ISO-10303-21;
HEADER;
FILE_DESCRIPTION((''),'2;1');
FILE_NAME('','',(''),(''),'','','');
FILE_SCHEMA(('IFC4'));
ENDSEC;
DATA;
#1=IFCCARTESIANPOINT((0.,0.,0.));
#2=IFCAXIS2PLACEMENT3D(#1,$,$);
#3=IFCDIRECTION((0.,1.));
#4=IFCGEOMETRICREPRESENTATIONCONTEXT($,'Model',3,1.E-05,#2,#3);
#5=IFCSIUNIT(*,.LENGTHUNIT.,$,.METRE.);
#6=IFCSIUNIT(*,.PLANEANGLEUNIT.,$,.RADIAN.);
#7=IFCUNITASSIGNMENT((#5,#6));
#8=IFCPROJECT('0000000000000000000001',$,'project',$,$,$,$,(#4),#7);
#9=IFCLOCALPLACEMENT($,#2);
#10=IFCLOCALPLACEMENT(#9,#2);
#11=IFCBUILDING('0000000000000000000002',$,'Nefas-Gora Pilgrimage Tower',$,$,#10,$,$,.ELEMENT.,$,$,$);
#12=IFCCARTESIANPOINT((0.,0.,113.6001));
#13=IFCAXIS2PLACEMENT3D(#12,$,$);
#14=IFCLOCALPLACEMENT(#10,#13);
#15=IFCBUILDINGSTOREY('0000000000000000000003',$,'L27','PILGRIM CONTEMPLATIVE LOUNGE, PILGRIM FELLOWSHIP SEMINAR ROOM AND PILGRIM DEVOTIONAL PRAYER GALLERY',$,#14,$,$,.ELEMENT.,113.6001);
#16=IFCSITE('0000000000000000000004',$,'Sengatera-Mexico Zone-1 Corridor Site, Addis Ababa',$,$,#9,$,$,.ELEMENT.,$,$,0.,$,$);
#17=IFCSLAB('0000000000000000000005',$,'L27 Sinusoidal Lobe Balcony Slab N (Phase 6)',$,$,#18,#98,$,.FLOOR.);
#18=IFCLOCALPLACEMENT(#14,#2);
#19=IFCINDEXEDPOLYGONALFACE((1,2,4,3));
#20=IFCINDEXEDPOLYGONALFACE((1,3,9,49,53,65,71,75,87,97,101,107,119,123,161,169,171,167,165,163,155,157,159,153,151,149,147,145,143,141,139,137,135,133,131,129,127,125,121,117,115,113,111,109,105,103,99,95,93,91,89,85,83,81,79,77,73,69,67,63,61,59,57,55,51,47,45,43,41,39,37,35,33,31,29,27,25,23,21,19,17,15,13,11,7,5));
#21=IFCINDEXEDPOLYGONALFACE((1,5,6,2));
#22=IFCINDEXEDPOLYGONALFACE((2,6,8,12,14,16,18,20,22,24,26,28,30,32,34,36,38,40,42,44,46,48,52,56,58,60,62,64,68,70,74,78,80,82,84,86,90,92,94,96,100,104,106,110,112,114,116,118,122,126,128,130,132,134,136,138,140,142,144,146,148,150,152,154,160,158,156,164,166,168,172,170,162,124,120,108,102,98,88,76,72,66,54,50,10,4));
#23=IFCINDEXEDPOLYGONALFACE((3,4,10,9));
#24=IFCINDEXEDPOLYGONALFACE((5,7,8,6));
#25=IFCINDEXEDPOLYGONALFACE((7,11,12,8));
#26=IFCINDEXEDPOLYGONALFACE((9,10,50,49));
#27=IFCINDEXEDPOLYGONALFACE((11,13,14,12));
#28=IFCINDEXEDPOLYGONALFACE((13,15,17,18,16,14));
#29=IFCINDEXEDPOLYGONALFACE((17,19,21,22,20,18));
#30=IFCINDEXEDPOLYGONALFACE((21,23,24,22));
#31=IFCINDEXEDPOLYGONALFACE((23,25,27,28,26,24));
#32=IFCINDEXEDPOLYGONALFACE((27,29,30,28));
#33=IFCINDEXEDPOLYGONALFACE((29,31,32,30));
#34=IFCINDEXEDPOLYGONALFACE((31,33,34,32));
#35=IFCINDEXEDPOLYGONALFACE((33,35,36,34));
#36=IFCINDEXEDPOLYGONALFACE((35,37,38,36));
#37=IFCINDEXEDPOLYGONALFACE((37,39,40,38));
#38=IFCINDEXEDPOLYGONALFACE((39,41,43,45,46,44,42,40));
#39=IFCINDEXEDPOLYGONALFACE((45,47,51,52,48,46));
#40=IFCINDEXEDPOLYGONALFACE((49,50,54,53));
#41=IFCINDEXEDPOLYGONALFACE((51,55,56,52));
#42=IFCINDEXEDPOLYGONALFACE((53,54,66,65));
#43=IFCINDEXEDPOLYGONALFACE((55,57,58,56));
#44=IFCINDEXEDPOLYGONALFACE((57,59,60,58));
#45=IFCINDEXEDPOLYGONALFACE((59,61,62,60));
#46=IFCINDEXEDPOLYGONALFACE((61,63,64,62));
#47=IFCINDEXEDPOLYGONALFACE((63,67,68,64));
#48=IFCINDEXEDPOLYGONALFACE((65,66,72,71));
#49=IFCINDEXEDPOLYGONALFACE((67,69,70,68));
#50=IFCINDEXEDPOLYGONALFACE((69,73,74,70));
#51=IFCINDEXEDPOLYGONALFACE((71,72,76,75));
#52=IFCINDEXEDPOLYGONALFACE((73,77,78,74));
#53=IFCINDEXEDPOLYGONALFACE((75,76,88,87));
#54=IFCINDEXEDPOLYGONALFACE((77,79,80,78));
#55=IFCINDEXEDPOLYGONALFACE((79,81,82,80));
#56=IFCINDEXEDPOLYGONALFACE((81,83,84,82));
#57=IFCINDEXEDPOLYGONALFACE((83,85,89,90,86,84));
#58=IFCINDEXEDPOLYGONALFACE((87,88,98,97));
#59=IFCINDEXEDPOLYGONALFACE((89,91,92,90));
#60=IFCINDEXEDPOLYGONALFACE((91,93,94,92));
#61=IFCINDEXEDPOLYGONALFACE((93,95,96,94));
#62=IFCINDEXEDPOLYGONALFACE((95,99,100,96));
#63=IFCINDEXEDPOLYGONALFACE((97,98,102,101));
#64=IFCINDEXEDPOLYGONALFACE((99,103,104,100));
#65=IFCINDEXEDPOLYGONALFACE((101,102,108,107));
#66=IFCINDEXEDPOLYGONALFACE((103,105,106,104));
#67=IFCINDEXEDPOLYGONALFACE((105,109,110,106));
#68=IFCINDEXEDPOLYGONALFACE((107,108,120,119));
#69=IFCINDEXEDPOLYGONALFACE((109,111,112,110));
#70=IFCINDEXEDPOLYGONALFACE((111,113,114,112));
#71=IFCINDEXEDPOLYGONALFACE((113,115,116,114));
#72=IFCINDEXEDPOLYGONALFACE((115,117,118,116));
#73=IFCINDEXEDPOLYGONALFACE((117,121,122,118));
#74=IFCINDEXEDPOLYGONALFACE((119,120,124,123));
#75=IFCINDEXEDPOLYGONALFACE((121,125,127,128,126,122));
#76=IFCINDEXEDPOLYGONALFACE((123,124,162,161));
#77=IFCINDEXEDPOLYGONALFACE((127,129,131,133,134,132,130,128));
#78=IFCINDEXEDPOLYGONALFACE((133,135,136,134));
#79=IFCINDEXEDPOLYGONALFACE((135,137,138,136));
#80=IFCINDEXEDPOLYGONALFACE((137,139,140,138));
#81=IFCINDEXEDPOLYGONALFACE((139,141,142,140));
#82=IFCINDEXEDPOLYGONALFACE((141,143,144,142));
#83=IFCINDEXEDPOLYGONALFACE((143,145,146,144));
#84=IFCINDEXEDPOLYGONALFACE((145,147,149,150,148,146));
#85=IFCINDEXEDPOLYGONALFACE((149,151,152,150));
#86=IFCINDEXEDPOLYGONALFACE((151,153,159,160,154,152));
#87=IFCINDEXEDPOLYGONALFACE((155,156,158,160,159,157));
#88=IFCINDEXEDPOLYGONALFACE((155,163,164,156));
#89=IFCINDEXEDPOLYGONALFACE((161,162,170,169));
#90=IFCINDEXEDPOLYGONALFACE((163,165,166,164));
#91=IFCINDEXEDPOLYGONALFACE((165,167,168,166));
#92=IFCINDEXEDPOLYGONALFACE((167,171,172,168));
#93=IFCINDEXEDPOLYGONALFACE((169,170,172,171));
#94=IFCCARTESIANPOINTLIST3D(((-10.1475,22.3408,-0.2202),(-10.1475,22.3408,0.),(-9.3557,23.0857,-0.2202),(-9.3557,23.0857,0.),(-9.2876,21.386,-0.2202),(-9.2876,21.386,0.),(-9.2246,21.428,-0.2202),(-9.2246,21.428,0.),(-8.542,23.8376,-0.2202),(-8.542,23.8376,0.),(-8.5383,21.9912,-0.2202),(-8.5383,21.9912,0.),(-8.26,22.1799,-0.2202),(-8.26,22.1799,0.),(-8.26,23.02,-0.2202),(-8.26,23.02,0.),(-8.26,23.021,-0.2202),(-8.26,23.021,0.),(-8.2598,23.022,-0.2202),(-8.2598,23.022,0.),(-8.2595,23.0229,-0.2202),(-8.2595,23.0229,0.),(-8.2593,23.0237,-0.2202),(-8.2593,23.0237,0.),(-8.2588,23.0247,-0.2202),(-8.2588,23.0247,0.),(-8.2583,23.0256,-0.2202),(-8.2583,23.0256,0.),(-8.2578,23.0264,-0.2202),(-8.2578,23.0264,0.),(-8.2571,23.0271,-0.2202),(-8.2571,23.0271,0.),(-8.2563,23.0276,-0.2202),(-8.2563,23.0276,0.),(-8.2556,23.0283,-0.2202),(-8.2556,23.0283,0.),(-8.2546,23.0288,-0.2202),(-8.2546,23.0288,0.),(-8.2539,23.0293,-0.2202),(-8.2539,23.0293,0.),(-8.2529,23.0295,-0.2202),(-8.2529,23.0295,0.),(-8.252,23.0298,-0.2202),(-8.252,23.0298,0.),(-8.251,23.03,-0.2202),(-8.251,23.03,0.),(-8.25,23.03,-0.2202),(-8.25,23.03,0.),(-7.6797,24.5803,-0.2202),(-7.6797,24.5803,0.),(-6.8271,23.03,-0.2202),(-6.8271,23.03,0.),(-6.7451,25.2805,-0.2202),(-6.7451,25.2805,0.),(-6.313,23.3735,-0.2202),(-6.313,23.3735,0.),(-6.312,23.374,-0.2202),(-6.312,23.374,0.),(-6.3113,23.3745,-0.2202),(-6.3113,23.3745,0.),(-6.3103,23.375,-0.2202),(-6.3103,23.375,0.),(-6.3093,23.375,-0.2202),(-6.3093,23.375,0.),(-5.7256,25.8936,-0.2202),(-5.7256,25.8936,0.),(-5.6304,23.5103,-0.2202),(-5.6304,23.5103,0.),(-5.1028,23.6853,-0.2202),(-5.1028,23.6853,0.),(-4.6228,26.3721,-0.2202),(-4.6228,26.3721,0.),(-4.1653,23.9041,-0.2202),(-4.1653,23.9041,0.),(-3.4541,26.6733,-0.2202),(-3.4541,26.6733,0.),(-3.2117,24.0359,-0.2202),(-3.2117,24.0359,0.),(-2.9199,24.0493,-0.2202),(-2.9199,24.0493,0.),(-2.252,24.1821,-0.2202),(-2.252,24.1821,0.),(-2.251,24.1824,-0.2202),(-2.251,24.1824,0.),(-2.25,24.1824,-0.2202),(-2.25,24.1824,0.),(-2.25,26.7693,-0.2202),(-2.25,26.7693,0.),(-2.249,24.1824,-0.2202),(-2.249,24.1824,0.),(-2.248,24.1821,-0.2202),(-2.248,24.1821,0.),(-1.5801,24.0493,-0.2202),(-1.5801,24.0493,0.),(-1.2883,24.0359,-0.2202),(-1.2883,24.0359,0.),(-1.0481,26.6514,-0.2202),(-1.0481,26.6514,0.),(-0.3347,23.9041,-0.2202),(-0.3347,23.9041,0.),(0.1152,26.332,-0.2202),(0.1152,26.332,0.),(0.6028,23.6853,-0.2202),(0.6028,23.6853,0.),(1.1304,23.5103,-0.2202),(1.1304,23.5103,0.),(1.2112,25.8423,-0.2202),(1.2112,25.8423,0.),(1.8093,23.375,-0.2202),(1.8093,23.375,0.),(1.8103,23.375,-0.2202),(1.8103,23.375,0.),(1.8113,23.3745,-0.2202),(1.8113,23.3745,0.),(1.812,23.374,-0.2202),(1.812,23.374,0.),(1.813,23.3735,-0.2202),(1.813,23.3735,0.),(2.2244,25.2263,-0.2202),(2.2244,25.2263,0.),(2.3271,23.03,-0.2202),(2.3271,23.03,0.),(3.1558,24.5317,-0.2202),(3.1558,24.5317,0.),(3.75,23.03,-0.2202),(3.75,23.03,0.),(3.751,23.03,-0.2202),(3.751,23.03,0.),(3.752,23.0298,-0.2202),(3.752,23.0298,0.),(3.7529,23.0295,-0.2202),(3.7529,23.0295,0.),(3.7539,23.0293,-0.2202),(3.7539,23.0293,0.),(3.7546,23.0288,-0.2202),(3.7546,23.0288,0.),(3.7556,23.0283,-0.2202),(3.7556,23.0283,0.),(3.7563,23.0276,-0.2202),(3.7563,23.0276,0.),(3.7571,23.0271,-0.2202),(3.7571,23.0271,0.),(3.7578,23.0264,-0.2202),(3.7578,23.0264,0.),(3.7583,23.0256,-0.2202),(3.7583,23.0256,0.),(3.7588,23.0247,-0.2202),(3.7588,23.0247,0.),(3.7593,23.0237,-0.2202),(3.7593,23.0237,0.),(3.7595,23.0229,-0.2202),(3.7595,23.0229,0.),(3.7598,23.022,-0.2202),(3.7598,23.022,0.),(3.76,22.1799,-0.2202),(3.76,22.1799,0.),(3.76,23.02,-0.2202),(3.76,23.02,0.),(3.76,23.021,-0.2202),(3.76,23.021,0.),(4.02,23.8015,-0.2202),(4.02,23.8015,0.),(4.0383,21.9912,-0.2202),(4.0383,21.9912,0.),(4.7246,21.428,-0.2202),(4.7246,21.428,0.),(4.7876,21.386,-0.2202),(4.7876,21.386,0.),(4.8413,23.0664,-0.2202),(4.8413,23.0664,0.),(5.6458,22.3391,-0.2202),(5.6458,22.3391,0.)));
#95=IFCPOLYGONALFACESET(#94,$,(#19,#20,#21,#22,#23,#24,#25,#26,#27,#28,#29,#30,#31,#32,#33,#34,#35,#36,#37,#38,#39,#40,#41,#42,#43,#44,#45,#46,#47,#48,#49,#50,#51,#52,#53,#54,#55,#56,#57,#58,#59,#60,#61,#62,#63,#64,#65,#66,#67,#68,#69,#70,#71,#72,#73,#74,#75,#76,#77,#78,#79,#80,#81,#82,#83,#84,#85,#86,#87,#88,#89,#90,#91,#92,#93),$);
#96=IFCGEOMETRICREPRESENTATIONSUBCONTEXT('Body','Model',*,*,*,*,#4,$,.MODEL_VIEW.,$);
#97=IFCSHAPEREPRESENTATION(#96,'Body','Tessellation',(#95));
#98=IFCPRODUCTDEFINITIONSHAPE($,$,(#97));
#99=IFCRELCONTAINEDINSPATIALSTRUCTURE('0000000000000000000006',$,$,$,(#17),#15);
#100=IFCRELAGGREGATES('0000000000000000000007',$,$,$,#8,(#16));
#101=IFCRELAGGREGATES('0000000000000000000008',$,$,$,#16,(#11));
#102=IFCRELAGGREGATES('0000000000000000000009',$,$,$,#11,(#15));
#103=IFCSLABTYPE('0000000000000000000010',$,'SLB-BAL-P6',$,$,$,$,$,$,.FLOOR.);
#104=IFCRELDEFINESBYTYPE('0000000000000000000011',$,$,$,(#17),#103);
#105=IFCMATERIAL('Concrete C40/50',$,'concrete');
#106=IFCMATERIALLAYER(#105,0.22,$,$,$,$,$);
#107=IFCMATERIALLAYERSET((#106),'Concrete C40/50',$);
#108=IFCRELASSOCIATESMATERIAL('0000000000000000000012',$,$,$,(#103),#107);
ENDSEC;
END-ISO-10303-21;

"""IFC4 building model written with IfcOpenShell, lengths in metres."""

from ifc_helpers import new_model, si_unit, direction, frame, origin, place, context, subcontext, project, spatial, polyline, outline, extrude, material, layer, layer_set, type_object, element, save


model = new_model("IFC4")

# Units and contexts
model_context = context("Model", 3, precision=1e-05, world=origin(), true_north=direction((0.0, 1.0)))
body_context = subcontext(model_context, "Body", "Model", "MODEL_VIEW")
ifc_project = project(units=[si_unit("LENGTHUNIT", "METRE"), si_unit("PLANEANGLEUNIT", "RADIAN")], contexts=[model_context])

# Site, building, storey
site_placement = place(None, origin())
site = spatial("IfcSite", under=ifc_project, at=site_placement, Name="Sengatera-Mexico Zone-1 Corridor Site, Addis Ababa", CompositionType="ELEMENT", RefElevation=0.0)
building_placement = place(site_placement, origin())
building = spatial("IfcBuilding", under=site, at=building_placement, Name="Nefas-Gora Pilgrimage Tower", CompositionType="ELEMENT")
storey_placement = place(building_placement, frame((0.0, 0.0, 113.6001)))
storey = spatial("IfcBuildingStorey", under=building, at=storey_placement, Name="L27", Description="PILGRIM CONTEMPLATIVE LOUNGE, PILGRIM FELLOWSHIP SEMINAR ROOM AND PILGRIM DEVOTIONAL PRAYER GALLERY", CompositionType="ELEMENT", Elevation=113.6001)

# Slab
ifc_material_1 = material(Name="Concrete C40/50", Category="concrete")
ifc_layer_1 = layer(ifc_material_1, 0.22)
ifc_layer_set_1 = layer_set([ifc_layer_1], Name="Concrete C40/50")
slab_type_1 = type_object("IfcSlabType", Name="SLB-BAL-P6", PredefinedType="FLOOR", material=ifc_layer_set_1)
slab_1_placement = place(storey_placement, frame((0.0, 0.0, -0.2202)))
element("IfcSlab", 1, at=slab_1_placement, inside=storey, type_object=slab_type_1, Name="L27 Sinusoidal Lobe Balcony Slab N (Phase 6)", PredefinedType="FLOOR", context=body_context, shape_type="SweptSolid", body=[
    extrude(outline(polyline([(-9.2876, 21.386), (-9.2246, 21.428), (-8.5383, 21.9912), (-8.26, 22.1799), (-8.26, 23.02), (-8.26, 23.021), (-8.2598, 23.022), (-8.2595, 23.0229), (-8.2593, 23.0237), (-8.2588, 23.0247), (-8.2583, 23.0256), (-8.2578, 23.0264), (-8.2571, 23.0271), (-8.2563, 23.0276), (-8.2556, 23.0283), (-8.2546, 23.0288), (-8.2539, 23.0293), (-8.2529, 23.0295), (-8.252, 23.0298), (-8.251, 23.03), (-8.25, 23.03), (-6.8271, 23.03), (-6.313, 23.3735), (-6.312, 23.374), (-6.3113, 23.3745), (-6.3103, 23.375), (-6.3093, 23.375), (-5.6304, 23.5103), (-5.1028, 23.6853), (-4.1653, 23.9041), (-3.2117, 24.0359), (-2.9199, 24.0493), (-2.252, 24.1821), (-2.251, 24.1824), (-2.25, 24.1824), (-2.249, 24.1824), (-2.248, 24.1821), (-1.5801, 24.0493), (-1.2883, 24.0359), (-0.3347, 23.9041), (0.6028, 23.6853), (1.1304, 23.5103), (1.8093, 23.375), (1.8103, 23.375), (1.8113, 23.3745), (1.812, 23.374), (1.813, 23.3735), (2.3271, 23.03), (3.75, 23.03), (3.751, 23.03), (3.752, 23.0298), (3.7529, 23.0295), (3.7539, 23.0293), (3.7546, 23.0288), (3.7556, 23.0283), (3.7563, 23.0276), (3.7571, 23.0271), (3.7578, 23.0264), (3.7583, 23.0256), (3.7588, 23.0247), (3.7593, 23.0237), (3.7595, 23.0229), (3.7598, 23.022), (3.76, 23.021), (3.76, 23.02), (3.76, 22.1799), (4.0383, 21.9912), (4.7246, 21.428), (4.7876, 21.386), (5.6458, 22.3391), (4.8413, 23.0664), (4.02, 23.8015), (3.1558, 24.5317), (2.2244, 25.2263), (1.2112, 25.8423), (0.1152, 26.332), (-1.0481, 26.6514), (-2.25, 26.7693), (-3.4541, 26.6733), (-4.6228, 26.3721), (-5.7256, 25.8936), (-6.7451, 25.2805), (-7.6797, 24.5803), (-8.542, 23.8376), (-9.3557, 23.0857), (-10.1475, 22.3408), (-9.2876, 21.386)])), origin(), (0.0, 0.0, 1.0), 0.2202),
])

save(model, "model.ifc")
